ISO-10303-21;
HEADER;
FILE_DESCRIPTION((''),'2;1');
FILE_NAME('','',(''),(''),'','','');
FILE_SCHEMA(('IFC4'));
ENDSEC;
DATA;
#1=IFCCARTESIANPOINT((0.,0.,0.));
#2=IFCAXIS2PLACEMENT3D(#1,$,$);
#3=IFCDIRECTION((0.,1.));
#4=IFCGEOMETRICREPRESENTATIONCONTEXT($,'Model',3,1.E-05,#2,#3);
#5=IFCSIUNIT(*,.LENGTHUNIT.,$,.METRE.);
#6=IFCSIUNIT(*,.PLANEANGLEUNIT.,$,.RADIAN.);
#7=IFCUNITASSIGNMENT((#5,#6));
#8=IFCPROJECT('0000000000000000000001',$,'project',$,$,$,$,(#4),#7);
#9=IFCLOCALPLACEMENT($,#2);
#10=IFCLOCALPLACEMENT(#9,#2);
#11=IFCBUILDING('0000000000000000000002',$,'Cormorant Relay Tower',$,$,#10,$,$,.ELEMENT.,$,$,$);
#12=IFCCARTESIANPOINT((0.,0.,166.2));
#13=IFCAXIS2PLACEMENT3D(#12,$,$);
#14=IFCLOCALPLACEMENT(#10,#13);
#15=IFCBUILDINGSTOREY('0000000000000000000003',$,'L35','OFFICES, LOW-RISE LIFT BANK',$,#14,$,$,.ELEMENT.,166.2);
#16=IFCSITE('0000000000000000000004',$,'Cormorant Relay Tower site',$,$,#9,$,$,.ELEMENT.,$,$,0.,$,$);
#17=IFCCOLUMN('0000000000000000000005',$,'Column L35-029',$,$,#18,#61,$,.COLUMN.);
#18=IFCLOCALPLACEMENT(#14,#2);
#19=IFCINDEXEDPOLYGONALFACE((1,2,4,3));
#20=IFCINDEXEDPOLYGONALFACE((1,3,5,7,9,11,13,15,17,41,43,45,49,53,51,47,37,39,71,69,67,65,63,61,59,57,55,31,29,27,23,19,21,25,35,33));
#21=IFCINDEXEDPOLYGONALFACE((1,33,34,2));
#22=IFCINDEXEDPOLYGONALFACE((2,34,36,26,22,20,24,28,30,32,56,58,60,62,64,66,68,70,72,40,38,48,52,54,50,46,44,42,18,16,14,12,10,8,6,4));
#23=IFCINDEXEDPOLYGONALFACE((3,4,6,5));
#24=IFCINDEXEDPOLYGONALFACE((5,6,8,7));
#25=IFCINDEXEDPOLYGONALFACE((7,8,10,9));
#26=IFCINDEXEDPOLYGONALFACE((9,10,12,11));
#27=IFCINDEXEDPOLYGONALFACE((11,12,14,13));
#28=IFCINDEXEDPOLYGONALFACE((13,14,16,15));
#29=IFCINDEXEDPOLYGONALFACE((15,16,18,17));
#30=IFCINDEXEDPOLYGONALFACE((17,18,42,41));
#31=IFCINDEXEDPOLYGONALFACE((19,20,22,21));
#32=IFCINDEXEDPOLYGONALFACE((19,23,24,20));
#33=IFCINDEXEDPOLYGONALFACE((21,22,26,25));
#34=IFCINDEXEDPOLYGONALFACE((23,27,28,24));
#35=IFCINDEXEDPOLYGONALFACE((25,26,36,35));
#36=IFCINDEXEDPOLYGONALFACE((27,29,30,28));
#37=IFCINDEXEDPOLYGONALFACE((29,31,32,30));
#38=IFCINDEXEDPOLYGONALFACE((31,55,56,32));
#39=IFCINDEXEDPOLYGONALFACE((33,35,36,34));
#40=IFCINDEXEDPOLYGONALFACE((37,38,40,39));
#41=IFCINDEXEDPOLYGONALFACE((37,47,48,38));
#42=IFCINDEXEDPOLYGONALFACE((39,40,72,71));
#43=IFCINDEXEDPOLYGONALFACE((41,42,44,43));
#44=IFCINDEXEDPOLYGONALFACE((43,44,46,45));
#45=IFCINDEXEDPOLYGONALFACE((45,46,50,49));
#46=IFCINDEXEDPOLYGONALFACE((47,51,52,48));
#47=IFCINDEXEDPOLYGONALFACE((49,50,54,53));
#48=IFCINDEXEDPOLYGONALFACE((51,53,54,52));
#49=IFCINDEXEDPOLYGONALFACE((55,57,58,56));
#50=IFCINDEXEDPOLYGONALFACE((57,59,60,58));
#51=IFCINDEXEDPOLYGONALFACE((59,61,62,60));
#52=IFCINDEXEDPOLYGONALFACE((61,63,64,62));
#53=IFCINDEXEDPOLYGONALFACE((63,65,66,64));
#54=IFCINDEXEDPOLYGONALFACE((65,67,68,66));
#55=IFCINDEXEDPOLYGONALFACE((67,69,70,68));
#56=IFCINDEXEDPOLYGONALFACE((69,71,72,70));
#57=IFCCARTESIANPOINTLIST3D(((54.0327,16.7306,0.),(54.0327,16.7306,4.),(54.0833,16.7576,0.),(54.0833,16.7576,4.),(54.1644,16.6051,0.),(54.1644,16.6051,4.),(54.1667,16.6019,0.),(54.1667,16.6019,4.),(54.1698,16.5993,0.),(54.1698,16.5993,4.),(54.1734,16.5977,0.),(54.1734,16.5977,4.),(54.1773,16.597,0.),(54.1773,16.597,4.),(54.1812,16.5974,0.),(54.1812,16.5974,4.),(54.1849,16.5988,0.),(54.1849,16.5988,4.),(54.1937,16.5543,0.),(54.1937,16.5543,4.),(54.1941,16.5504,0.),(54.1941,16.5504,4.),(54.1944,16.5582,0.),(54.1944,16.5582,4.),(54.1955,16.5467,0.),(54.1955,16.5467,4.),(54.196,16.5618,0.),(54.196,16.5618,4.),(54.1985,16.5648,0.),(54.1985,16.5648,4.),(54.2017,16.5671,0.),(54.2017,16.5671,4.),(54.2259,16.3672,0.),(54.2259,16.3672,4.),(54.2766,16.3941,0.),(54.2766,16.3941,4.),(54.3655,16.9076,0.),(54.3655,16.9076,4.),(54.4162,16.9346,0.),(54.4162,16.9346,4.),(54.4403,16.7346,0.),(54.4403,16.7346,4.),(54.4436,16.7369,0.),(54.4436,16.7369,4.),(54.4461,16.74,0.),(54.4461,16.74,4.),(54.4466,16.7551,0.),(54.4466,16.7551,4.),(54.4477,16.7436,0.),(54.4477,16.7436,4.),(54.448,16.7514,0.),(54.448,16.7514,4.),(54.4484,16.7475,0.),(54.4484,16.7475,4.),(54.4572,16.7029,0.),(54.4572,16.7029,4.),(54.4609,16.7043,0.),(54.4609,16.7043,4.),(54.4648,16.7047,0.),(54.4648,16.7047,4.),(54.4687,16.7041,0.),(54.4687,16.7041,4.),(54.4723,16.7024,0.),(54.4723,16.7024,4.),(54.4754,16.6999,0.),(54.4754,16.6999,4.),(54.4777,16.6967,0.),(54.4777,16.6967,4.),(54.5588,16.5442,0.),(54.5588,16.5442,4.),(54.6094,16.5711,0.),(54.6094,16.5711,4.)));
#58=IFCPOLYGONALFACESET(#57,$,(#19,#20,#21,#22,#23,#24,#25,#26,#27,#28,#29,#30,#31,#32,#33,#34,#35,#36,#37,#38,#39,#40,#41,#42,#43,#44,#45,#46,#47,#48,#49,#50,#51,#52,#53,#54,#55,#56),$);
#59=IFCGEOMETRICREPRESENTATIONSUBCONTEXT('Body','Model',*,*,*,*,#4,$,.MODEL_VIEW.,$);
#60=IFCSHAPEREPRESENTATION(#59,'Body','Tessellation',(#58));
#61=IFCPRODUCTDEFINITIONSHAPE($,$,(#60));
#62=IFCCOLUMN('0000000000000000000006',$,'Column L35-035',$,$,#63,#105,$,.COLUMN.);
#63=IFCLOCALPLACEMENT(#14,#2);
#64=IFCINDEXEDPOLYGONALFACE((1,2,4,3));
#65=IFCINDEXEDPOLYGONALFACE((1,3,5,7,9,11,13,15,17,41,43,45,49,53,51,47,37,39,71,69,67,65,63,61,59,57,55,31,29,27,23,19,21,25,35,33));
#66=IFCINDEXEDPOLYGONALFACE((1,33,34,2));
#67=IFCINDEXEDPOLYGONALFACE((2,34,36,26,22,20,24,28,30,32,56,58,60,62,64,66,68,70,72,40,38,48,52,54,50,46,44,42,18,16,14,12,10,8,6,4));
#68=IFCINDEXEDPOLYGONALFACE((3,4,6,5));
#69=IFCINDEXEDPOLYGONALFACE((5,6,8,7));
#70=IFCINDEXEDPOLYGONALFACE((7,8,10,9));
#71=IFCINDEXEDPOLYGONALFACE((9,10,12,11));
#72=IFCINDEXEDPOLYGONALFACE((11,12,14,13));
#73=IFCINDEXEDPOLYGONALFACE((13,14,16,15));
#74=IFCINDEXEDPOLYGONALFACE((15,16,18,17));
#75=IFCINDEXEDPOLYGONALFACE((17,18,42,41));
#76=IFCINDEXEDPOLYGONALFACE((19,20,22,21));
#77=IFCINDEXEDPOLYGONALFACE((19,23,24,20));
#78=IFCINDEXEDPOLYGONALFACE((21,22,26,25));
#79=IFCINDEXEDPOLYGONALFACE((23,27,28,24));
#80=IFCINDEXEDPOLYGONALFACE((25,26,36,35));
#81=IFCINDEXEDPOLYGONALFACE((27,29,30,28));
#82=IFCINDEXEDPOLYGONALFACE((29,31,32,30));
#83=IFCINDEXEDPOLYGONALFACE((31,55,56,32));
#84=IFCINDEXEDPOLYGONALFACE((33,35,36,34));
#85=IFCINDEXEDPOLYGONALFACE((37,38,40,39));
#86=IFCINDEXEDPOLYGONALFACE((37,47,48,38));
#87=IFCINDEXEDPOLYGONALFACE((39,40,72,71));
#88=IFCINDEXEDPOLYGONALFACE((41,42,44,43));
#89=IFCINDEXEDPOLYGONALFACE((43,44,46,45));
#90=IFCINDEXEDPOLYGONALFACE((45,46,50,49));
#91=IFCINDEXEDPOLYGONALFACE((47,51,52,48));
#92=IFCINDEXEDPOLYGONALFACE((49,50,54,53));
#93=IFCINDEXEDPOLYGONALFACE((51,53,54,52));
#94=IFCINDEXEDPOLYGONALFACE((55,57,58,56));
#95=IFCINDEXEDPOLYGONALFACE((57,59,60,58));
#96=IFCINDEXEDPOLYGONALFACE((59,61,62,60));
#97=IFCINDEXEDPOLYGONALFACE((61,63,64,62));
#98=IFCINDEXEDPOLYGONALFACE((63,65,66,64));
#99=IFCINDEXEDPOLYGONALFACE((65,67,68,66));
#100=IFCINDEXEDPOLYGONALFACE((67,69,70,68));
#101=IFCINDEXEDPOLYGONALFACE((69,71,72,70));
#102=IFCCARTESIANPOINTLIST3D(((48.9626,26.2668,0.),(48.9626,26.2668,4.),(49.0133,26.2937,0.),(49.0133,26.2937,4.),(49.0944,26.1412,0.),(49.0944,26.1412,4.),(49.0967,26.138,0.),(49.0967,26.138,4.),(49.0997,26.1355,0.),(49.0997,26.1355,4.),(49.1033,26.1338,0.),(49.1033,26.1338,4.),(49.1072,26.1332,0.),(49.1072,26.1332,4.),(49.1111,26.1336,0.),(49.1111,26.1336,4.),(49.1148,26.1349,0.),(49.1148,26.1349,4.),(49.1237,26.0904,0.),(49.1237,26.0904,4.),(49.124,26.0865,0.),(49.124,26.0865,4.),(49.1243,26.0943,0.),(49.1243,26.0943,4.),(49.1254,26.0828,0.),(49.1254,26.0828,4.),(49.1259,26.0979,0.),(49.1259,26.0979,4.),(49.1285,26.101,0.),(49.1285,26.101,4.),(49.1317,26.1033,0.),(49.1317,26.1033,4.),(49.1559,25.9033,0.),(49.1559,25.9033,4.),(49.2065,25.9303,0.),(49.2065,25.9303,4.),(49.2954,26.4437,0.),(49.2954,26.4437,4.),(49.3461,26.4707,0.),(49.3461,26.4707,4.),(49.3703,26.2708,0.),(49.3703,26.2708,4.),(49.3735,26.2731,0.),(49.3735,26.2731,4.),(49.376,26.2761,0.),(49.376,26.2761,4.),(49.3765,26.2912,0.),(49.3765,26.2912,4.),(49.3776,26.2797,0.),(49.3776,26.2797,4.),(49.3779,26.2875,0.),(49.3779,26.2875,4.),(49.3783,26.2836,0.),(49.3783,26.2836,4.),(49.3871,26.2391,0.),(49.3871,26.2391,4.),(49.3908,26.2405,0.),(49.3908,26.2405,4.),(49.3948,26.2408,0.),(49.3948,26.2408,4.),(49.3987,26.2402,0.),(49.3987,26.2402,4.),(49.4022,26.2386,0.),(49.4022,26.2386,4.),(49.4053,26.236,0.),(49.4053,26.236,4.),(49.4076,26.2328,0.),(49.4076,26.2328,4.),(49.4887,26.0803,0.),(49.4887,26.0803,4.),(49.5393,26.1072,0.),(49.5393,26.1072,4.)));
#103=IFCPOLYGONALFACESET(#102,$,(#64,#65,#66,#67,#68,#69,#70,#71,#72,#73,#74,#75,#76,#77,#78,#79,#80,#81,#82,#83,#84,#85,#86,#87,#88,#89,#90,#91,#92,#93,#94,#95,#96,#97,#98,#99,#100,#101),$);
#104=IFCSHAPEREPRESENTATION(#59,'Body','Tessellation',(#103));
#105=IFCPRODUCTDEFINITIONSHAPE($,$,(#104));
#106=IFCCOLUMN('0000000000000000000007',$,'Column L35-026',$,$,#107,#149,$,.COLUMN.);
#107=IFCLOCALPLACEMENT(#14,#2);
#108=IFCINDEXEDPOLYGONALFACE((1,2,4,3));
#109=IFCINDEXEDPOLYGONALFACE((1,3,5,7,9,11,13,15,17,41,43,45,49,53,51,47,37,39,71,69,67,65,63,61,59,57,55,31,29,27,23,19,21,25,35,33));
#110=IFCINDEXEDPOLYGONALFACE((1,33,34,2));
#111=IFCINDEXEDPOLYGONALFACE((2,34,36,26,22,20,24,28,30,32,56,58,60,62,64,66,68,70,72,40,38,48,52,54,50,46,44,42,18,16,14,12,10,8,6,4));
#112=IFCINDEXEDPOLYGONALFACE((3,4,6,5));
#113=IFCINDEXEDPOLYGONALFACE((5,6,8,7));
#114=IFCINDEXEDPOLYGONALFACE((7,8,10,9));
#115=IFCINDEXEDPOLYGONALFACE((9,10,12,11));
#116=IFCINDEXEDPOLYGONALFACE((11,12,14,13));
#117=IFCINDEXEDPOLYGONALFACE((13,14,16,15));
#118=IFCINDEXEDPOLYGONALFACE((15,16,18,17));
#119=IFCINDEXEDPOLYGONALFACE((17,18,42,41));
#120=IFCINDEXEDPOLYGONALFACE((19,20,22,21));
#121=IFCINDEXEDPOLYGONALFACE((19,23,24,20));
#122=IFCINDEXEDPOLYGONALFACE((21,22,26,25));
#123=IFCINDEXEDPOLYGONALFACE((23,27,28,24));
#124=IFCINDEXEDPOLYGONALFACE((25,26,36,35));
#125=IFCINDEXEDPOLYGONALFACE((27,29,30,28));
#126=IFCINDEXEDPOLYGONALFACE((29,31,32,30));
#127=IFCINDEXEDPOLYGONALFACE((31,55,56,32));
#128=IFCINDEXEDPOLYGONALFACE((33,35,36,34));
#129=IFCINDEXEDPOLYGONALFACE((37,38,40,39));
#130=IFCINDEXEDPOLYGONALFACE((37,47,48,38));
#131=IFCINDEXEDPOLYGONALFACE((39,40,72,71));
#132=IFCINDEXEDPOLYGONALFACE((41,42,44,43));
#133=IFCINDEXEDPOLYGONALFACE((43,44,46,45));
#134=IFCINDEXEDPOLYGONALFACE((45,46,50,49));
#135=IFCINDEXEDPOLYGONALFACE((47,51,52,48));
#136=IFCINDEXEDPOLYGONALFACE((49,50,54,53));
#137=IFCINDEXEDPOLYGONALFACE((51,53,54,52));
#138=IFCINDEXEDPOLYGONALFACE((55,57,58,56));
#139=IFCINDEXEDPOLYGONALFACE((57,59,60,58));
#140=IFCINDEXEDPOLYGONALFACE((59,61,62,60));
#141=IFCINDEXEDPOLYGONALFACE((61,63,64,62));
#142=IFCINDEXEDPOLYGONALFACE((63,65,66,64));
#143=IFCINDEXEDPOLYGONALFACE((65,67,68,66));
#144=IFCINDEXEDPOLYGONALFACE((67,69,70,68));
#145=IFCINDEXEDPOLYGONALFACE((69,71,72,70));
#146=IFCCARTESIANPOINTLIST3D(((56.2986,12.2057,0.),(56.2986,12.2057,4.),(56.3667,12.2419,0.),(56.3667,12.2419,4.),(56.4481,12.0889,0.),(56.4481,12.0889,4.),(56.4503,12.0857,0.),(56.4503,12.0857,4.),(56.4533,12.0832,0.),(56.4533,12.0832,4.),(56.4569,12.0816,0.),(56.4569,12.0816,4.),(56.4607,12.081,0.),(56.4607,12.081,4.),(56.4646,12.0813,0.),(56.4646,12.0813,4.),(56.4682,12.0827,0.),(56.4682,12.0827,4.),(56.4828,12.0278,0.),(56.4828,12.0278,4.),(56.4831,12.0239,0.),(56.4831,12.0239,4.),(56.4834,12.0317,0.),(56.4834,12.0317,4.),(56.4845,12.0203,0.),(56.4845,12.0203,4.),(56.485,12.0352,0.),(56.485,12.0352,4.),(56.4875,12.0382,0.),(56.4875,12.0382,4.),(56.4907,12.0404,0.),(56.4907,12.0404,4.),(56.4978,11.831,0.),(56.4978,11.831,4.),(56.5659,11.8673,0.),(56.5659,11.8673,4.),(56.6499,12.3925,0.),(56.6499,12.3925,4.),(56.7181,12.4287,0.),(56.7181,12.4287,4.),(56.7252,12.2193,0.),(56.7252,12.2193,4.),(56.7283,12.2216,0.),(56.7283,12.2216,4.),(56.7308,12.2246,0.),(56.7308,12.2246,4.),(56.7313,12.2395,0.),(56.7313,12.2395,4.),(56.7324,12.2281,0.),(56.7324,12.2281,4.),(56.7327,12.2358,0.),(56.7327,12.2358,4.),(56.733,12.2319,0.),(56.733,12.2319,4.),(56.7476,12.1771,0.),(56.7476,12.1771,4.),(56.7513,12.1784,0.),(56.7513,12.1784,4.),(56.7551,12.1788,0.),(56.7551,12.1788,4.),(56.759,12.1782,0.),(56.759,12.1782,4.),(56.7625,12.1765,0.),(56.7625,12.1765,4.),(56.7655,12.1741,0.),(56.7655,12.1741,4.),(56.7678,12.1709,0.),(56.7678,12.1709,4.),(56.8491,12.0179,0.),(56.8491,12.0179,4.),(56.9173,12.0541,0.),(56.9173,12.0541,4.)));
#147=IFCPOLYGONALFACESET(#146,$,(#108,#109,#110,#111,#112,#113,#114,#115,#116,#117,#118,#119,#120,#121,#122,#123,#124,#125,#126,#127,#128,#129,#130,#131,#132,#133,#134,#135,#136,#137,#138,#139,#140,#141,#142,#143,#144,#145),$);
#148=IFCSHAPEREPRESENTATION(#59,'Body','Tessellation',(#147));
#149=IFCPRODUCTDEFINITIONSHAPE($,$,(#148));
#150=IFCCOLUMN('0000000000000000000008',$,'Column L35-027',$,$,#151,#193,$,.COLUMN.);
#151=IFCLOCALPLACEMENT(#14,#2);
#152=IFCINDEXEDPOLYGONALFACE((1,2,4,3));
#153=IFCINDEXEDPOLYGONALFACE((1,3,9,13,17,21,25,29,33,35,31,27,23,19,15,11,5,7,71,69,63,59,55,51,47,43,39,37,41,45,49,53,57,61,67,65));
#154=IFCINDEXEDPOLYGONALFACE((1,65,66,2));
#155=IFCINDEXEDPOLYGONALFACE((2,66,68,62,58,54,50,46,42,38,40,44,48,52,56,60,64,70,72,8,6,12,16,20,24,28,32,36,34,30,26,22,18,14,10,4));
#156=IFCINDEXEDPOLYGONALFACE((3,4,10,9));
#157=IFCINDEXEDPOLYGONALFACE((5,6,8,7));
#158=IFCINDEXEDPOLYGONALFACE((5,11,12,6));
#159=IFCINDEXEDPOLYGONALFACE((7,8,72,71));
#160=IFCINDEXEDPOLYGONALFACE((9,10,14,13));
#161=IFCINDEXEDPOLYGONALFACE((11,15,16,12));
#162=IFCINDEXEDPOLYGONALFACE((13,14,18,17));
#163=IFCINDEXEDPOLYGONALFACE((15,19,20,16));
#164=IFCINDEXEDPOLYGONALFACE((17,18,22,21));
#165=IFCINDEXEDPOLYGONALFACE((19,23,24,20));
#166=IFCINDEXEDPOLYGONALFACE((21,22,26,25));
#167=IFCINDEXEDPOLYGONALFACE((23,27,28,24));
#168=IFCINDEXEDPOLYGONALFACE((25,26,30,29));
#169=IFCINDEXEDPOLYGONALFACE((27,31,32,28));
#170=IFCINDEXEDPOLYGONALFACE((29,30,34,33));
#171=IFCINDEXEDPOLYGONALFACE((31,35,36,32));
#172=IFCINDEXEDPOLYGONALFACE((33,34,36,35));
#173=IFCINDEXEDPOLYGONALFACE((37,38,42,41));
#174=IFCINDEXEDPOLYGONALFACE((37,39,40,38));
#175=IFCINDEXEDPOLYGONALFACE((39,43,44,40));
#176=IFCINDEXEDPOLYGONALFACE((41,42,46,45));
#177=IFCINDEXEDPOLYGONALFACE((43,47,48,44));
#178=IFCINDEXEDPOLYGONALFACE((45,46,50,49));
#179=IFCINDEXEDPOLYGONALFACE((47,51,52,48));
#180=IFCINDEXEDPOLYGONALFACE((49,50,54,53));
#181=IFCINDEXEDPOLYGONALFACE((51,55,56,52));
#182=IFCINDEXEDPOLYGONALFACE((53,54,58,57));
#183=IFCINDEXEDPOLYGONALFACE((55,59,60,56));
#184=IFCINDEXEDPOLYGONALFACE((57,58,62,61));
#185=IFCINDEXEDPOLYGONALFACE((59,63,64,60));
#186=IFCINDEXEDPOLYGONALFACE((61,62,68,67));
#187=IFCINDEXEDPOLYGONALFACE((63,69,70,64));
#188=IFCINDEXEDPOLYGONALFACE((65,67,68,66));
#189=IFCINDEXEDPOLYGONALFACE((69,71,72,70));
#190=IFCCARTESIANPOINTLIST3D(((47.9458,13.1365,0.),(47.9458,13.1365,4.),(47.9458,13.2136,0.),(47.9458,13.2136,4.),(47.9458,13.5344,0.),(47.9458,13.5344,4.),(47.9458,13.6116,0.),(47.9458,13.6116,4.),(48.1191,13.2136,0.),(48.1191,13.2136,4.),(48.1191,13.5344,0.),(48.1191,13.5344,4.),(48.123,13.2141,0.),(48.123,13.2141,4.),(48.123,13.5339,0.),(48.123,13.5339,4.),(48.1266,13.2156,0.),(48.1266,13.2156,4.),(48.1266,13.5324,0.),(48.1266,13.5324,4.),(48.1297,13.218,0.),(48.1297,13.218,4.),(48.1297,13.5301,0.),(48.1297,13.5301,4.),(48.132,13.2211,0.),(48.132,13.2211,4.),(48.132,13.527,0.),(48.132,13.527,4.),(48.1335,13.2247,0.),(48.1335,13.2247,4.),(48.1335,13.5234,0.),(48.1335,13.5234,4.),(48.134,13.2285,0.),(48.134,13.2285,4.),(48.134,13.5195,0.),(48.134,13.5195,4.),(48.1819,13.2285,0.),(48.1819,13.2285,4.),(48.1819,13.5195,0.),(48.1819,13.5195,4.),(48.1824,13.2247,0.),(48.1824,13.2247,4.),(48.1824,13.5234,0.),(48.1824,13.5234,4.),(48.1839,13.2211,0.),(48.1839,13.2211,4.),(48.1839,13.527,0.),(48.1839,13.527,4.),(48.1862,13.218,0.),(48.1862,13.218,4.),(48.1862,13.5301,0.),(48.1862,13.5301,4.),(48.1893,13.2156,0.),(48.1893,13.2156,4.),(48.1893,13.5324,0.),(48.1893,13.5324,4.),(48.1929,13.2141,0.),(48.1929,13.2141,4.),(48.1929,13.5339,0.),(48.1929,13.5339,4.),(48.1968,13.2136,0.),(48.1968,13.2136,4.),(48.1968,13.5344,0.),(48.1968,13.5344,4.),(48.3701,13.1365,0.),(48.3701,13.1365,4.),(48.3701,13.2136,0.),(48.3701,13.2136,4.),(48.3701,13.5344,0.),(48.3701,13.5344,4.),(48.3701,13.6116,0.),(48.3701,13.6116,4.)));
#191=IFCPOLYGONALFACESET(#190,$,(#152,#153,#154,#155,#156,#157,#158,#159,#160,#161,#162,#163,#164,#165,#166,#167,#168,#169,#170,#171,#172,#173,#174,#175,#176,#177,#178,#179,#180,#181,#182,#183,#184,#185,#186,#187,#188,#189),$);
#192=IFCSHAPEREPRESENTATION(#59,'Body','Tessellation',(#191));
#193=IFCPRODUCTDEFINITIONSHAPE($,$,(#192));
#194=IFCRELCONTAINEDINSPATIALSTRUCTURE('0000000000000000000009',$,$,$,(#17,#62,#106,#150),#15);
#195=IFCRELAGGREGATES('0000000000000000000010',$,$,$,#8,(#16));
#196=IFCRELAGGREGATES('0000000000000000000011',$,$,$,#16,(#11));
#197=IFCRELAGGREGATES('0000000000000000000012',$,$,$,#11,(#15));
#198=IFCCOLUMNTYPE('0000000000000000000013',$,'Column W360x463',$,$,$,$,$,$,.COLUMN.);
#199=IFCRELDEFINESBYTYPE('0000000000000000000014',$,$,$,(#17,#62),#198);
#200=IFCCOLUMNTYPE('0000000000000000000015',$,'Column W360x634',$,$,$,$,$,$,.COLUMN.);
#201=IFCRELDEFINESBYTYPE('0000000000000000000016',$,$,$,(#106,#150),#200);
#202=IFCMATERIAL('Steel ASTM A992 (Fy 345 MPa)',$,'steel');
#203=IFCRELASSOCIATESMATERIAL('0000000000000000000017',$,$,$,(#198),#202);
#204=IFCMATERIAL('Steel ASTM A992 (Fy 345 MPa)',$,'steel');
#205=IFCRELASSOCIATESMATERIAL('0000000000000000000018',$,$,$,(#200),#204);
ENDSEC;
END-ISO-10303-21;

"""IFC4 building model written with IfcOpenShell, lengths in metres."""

from ifc_helpers import new_model, si_unit, direction, frame, origin, origin_2d, place, context, subcontext, project, spatial, i_section, extrude, material, material_profile, profile_set, type_object, element, save


model = new_model("IFC4")

# Units and contexts
model_context = context("Model", 3, precision=1e-05, world=origin(), true_north=direction((0.0, 1.0)))
body_context = subcontext(model_context, "Body", "Model", "MODEL_VIEW")
ifc_project = project(units=[si_unit("LENGTHUNIT", "METRE"), si_unit("PLANEANGLEUNIT", "RADIAN")], contexts=[model_context])

# Site, building, storey
site_placement = place(None, origin())
site = spatial("IfcSite", under=ifc_project, at=site_placement, Name="Cormorant Relay Tower site", CompositionType="ELEMENT", RefElevation=0.0)
building_placement = place(site_placement, origin())
building = spatial("IfcBuilding", under=site, at=building_placement, Name="Cormorant Relay Tower", CompositionType="ELEMENT")
storey_placement = place(building_placement, frame((0.0, 0.0, 166.2)))
storey = spatial("IfcBuildingStorey", under=building, at=storey_placement, Name="L35", Description="OFFICES, LOW-RISE LIFT BANK", CompositionType="ELEMENT", Elevation=166.2)

# Columns
ifc_material_1 = material(Name="Steel ASTM A992 (Fy 345 MPa)", Category="steel")
ifc_material_profile_1 = material_profile(ifc_material_1, i_section(OverallWidth=0.4116, OverallDepth=0.4343, WebThickness=0.0359, FlangeThickness=0.0574, FilletRadius=0.0151, at=origin_2d()), Name="W360x463")
ifc_profile_set_1 = profile_set([ifc_material_profile_1], Name="Steel ASTM A992 (Fy 345 MPa)")
column_type_1 = type_object("IfcColumnType", Name="Column W360x463", PredefinedType="COLUMN", material=ifc_profile_set_1)
for number, where, z_axis, x_axis, name in (
    (1, (54.321, 16.6509, 0.0), (0.0, 0.0, 1.0), (-0.469472, 0.882948, 0.0), "Column L35-029"),
    (2, (49.251, 26.187, 0.0), (0.0, 0.0, 1.0), (-0.469472, 0.882948, 0.0), "Column L35-035"),
):
    element("IfcColumn", number, at=place(storey_placement, frame(where, z_axis=z_axis, x_axis=x_axis)), inside=storey, type_object=column_type_1, Name=name, PredefinedType="COLUMN", context=body_context, shape_type="SweptSolid", body=[
        extrude(i_section(OverallWidth=0.4116, OverallDepth=0.4343, WebThickness=0.0359, FlangeThickness=0.0574, FilletRadius=0.0151, at=origin_2d()), origin(), (0.0, 0.0, 1.0), 4.0),
    ])
ifc_material_2 = material(Name="Steel ASTM A992 (Fy 345 MPa)", Category="steel")
ifc_material_profile_2 = material_profile(ifc_material_2, i_section(OverallWidth=0.4243, OverallDepth=0.4751, WebThickness=0.0479, FlangeThickness=0.0771, FilletRadius=0.0149, at=origin_2d()), Name="W360x634")
ifc_profile_set_2 = profile_set([ifc_material_profile_2], Name="Steel ASTM A992 (Fy 345 MPa)")
column_type_2 = type_object("IfcColumnType", Name="Column W360x634", PredefinedType="COLUMN", material=ifc_profile_set_2)
for number, where, z_axis, x_axis, name in (
    (3, (56.6079, 12.1299, 0.0), (0.0, 0.0, 1.0), (-0.469472, 0.882948, 0.0), "Column L35-026"),
    (4, (48.158, 13.374, 0.0), (0.0, 0.0, 1.0), (1.0, 0.0, 0.0), "Column L35-027"),
):
    element("IfcColumn", number, at=place(storey_placement, frame(where, z_axis=z_axis, x_axis=x_axis)), inside=storey, type_object=column_type_2, Name=name, PredefinedType="COLUMN", context=body_context, shape_type="SweptSolid", body=[
        extrude(i_section(OverallWidth=0.4243, OverallDepth=0.4751, WebThickness=0.0479, FlangeThickness=0.0771, FilletRadius=0.0149, at=origin_2d()), origin(), (0.0, 0.0, 1.0), 4.0),
    ])

save(model, "model.ifc")
